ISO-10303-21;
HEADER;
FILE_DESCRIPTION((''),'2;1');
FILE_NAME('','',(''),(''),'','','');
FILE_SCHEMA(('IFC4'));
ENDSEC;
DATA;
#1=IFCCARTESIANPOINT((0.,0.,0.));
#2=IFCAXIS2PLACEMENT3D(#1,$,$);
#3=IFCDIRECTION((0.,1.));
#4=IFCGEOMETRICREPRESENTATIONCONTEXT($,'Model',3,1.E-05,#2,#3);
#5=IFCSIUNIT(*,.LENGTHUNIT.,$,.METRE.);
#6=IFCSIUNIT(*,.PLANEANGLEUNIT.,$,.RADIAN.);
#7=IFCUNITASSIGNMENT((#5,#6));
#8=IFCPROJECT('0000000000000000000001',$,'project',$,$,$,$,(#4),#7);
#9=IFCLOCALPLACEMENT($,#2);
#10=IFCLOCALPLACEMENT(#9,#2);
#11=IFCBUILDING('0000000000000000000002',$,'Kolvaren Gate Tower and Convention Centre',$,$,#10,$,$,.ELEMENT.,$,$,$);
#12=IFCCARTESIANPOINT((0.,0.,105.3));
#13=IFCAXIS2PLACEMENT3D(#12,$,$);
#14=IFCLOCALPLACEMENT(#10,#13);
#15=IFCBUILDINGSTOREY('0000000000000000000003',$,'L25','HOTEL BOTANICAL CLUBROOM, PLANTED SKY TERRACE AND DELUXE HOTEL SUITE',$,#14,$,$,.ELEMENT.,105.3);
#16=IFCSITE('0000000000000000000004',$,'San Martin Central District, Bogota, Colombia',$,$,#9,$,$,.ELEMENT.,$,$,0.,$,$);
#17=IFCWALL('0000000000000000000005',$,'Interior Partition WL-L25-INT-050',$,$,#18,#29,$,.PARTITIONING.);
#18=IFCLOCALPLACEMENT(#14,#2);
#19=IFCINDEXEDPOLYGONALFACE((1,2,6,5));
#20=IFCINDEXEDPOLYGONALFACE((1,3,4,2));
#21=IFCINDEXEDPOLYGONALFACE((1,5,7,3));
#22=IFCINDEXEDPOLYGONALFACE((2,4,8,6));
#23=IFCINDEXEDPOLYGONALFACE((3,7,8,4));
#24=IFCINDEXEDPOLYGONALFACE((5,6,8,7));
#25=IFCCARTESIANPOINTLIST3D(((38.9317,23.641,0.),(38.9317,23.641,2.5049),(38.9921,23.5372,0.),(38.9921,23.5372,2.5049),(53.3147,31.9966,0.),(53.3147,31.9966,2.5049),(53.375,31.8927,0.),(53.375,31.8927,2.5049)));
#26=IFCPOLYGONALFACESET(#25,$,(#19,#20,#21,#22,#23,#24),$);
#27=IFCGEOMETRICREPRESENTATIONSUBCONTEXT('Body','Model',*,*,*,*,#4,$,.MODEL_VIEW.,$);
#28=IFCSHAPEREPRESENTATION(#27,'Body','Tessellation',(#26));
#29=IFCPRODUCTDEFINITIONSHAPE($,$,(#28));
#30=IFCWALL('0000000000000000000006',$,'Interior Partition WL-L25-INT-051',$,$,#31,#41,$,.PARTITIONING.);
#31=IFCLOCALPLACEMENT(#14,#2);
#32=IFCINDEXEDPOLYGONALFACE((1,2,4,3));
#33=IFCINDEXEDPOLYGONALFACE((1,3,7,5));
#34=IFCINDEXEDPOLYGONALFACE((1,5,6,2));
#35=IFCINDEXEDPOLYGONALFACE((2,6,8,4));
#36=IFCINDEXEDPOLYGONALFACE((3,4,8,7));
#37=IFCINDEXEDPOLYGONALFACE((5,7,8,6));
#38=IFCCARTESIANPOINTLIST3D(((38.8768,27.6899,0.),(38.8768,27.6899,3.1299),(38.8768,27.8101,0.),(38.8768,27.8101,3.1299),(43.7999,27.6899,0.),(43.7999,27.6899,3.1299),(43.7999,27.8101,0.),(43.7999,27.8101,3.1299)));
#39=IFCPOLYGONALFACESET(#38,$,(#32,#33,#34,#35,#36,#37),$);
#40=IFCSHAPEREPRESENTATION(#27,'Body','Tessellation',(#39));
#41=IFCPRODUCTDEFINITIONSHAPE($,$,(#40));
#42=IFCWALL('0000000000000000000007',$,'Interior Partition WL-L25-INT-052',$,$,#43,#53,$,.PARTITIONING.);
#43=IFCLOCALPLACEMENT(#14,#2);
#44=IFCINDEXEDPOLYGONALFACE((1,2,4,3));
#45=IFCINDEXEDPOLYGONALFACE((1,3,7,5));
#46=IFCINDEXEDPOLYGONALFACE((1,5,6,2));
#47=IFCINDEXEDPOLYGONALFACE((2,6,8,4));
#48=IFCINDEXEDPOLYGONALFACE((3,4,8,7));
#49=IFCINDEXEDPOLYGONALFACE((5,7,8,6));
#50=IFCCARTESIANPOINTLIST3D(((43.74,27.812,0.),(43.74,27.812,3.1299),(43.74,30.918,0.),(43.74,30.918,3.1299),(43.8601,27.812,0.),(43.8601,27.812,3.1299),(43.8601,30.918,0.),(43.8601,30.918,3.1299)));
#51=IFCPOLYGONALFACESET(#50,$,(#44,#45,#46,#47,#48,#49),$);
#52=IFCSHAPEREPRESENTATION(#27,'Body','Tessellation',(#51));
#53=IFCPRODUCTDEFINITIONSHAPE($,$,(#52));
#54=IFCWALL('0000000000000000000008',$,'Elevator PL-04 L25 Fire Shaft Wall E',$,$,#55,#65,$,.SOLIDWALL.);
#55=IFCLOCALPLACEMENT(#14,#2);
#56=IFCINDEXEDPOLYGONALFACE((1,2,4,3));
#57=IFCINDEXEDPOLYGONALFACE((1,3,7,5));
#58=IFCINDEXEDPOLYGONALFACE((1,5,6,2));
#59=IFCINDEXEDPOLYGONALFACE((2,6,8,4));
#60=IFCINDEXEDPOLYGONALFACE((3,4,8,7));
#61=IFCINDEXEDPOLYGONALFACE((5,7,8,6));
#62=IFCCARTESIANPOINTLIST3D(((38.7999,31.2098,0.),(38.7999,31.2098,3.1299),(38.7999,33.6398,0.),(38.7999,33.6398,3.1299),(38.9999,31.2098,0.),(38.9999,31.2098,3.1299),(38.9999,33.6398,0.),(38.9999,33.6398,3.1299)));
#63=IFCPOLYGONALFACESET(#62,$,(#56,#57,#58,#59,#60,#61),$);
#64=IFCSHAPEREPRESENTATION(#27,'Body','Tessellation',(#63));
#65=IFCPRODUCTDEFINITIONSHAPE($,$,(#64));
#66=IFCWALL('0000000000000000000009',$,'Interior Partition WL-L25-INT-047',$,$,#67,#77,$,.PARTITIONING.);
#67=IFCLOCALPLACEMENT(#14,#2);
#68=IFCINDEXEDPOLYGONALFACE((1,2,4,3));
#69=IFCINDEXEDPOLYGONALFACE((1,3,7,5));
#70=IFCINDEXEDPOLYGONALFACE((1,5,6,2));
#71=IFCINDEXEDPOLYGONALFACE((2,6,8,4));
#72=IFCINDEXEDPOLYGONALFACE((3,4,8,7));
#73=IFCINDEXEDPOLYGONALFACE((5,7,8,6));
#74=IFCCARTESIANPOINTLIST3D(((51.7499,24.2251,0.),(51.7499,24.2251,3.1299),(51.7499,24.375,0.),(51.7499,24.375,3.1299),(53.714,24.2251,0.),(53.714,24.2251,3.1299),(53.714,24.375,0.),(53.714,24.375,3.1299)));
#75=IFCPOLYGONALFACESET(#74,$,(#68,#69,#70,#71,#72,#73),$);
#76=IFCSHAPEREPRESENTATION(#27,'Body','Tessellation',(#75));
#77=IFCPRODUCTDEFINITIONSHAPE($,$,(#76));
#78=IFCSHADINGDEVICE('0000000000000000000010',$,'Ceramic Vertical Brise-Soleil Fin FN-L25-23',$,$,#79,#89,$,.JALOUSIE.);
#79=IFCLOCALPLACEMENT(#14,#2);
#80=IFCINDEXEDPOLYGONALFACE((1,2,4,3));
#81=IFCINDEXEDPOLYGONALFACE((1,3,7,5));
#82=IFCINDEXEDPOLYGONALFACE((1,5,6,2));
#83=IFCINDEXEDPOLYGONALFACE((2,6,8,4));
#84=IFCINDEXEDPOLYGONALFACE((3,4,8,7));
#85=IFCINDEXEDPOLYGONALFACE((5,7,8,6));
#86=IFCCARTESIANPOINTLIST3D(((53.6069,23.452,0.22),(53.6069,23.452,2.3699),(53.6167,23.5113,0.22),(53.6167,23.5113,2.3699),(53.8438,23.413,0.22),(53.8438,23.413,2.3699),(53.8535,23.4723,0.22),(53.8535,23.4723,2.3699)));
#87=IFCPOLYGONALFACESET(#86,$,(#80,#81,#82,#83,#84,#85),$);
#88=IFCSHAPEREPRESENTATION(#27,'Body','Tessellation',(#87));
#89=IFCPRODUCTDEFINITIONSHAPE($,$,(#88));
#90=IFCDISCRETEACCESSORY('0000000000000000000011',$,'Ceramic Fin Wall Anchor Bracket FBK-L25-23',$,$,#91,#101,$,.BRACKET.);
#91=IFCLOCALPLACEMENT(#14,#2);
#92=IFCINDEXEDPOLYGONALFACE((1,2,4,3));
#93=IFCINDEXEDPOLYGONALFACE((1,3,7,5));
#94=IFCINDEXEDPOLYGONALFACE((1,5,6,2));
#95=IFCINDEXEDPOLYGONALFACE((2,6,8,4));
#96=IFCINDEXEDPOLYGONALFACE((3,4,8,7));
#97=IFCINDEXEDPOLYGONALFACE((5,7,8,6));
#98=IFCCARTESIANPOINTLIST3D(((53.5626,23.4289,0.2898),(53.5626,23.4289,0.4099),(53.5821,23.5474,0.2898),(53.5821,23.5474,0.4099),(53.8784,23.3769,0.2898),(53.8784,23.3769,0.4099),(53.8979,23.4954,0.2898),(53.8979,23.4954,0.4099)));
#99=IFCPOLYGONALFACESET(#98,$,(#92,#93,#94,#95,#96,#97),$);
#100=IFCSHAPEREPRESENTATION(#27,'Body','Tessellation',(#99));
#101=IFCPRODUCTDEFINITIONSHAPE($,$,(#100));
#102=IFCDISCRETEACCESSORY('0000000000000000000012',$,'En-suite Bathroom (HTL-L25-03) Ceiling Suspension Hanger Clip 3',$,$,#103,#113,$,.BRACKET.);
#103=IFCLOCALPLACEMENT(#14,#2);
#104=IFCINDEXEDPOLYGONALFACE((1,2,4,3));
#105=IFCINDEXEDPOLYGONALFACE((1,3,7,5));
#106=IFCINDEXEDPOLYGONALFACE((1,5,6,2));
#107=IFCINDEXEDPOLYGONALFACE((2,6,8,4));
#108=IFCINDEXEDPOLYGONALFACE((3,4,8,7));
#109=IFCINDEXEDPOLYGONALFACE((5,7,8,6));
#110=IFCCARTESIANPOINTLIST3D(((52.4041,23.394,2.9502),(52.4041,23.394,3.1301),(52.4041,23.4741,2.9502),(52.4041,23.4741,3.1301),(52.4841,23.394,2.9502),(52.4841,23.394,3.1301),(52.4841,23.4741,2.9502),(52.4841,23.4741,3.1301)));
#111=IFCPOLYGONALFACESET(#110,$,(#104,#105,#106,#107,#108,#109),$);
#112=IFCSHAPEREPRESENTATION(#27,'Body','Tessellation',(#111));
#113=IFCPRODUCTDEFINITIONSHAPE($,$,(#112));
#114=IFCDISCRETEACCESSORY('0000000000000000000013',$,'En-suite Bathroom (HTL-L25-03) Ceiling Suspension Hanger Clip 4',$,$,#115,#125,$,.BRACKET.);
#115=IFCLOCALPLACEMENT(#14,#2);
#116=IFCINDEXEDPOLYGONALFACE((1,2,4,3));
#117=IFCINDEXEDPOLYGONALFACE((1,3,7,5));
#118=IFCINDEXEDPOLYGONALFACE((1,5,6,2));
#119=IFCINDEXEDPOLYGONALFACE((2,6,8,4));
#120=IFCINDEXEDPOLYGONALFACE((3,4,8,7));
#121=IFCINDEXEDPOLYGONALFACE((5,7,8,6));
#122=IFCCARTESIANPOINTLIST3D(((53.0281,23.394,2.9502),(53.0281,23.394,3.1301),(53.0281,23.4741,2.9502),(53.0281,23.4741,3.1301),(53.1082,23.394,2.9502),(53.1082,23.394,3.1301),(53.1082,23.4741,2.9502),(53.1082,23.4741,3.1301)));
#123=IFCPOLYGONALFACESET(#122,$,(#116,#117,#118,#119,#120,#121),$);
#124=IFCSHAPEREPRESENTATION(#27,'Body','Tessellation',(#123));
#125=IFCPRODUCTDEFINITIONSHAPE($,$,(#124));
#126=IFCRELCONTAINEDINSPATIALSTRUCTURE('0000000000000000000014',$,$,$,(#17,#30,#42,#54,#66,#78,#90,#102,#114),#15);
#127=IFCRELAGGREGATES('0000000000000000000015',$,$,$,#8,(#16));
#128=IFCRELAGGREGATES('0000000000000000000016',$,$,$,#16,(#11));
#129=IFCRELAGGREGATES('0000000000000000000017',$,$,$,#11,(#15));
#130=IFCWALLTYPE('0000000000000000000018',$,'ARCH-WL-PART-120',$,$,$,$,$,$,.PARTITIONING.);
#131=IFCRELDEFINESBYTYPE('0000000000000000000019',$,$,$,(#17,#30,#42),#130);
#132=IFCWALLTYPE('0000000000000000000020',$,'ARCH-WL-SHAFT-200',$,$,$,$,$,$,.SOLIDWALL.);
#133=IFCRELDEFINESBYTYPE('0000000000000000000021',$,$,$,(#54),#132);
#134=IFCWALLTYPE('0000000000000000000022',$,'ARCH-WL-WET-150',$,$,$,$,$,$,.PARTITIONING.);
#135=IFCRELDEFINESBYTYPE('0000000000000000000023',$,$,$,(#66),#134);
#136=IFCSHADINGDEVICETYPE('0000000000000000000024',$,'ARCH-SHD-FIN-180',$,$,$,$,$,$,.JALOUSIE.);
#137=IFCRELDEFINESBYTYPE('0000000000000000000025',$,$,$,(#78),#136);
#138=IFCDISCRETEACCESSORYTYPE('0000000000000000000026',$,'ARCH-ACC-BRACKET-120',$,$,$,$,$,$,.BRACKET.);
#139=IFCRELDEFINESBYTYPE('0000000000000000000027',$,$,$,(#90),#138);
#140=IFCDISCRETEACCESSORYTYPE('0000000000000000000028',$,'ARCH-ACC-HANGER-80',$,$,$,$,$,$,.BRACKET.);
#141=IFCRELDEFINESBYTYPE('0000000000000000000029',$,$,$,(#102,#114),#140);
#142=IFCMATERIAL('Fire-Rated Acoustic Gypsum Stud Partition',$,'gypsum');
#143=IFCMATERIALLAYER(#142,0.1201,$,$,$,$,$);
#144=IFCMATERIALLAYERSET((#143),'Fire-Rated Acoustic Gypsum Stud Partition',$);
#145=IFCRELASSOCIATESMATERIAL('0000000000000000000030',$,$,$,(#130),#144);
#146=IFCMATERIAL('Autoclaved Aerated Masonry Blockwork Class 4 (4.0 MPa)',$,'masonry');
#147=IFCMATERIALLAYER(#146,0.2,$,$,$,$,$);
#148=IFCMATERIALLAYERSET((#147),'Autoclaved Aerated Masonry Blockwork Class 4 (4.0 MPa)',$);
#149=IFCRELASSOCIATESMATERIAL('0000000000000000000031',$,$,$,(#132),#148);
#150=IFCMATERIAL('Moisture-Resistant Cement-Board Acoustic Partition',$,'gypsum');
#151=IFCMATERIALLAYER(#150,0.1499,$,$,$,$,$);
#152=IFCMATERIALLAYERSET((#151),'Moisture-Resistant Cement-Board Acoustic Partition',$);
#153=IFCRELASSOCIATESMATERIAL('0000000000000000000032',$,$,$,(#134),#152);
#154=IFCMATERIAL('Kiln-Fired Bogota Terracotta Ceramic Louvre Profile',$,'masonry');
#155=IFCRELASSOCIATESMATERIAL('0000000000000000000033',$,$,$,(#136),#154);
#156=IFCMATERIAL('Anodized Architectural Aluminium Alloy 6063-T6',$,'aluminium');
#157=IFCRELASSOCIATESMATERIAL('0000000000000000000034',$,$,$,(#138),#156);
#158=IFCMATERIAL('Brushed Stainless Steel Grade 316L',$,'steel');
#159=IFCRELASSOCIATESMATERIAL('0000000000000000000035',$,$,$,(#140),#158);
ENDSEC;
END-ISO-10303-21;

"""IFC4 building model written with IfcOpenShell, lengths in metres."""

from ifc_helpers import new_model, si_unit, direction, frame, frame_2d, origin, origin_2d, place, context, subcontext, project, spatial, rectangle, extrude, material, layer, layer_set, type_object, element, save


model = new_model("IFC4")

# Units and contexts
model_context = context("Model", 3, precision=1e-05, world=origin(), true_north=direction((0.0, 1.0)))
body_context = subcontext(model_context, "Body", "Model", "MODEL_VIEW")
ifc_project = project(units=[si_unit("LENGTHUNIT", "METRE"), si_unit("PLANEANGLEUNIT", "RADIAN")], contexts=[model_context])

# Site, building, storey
site_placement = place(None, origin())
site = spatial("IfcSite", under=ifc_project, at=site_placement, Name="San Martin Central District, Bogota, Colombia", CompositionType="ELEMENT", RefElevation=0.0)
building_placement = place(site_placement, origin())
building = spatial("IfcBuilding", under=site, at=building_placement, Name="Kolvaren Gate Tower and Convention Centre", CompositionType="ELEMENT")
storey_placement = place(building_placement, frame((0.0, 0.0, 105.3)))
storey = spatial("IfcBuildingStorey", under=building, at=storey_placement, Name="L25", Description="HOTEL BOTANICAL CLUBROOM, PLANTED SKY TERRACE AND DELUXE HOTEL SUITE", CompositionType="ELEMENT", Elevation=105.3)

# Walls
ifc_material_1 = material(Name="Fire-Rated Acoustic Gypsum Stud Partition", Category="gypsum")
ifc_layer_1 = layer(ifc_material_1, 0.1201)
ifc_layer_set_1 = layer_set([ifc_layer_1], Name="Fire-Rated Acoustic Gypsum Stud Partition")
wall_type_1 = type_object("IfcWallType", Name="ARCH-WL-PART-120", PredefinedType="PARTITIONING", material=ifc_layer_set_1)
wall_1_placement = place(storey_placement, frame((38.9619, 23.5891, 0.0), z_axis=(0.0, 0.0, 1.0), x_axis=(0.86468, 0.502322, 0.0)))
element("IfcWall", 1, at=wall_1_placement, inside=storey, type_object=wall_type_1, Name="Interior Partition WL-L25-INT-050", PredefinedType="PARTITIONING", context=body_context, shape_type="SweptSolid", body=[
    extrude(rectangle(XDim=16.6338, YDim=0.1201, at=frame_2d((8.3169, 0.0))), origin(), (0.0, 0.0, 1.0), 2.5049),
])
wall_2_placement = place(storey_placement, frame((38.877, 27.75, 0.0), z_axis=(0.0, 0.0, 1.0), x_axis=(1.0, 0.0, 0.0)))
element("IfcWall", 2, at=wall_2_placement, inside=storey, type_object=wall_type_1, Name="Interior Partition WL-L25-INT-051", PredefinedType="PARTITIONING", context=body_context, shape_type="SweptSolid", body=[
    extrude(rectangle(XDim=4.9231, YDim=0.1201, at=frame_2d((2.4614, 0.0))), origin(), (0.0, 0.0, 1.0), 3.1299),
])
wall_3_placement = place(storey_placement, frame((43.8, 27.812, 0.0), z_axis=(0.0, 0.0, 1.0), x_axis=(0.0, 1.0, 0.0)))
element("IfcWall", 3, at=wall_3_placement, inside=storey, type_object=wall_type_1, Name="Interior Partition WL-L25-INT-052", PredefinedType="PARTITIONING", context=body_context, shape_type="SweptSolid", body=[
    extrude(rectangle(XDim=3.106, YDim=0.1201, at=frame_2d((1.553, 0.0))), origin(), (0.0, 0.0, 1.0), 3.1299),
])
ifc_material_2 = material(Name="Autoclaved Aerated Masonry Blockwork Class 4 (4.0 MPa)", Category="masonry")
ifc_layer_2 = layer(ifc_material_2, 0.2)
ifc_layer_set_2 = layer_set([ifc_layer_2], Name="Autoclaved Aerated Masonry Blockwork Class 4 (4.0 MPa)")
wall_type_2 = type_object("IfcWallType", Name="ARCH-WL-SHAFT-200", PredefinedType="SOLIDWALL", material=ifc_layer_set_2)
wall_4_placement = place(storey_placement, frame((38.8999, 31.21, 0.0), z_axis=(0.0, 0.0, 1.0), x_axis=(0.0, 1.0, 0.0)))
element("IfcWall", 4, at=wall_4_placement, inside=storey, type_object=wall_type_2, Name="Elevator PL-04 L25 Fire Shaft Wall E", PredefinedType="SOLIDWALL", context=body_context, shape_type="SweptSolid", body=[
    extrude(rectangle(XDim=2.4299, YDim=0.2, at=frame_2d((1.2148, 0.0))), origin(), (0.0, 0.0, 1.0), 3.1299),
])
ifc_material_3 = material(Name="Moisture-Resistant Cement-Board Acoustic Partition", Category="gypsum")
ifc_layer_3 = layer(ifc_material_3, 0.1499)
ifc_layer_set_3 = layer_set([ifc_layer_3], Name="Moisture-Resistant Cement-Board Acoustic Partition")
wall_type_3 = type_object("IfcWallType", Name="ARCH-WL-WET-150", PredefinedType="PARTITIONING", material=ifc_layer_set_3)
wall_5_placement = place(storey_placement, frame((51.75, 24.3, 0.0), z_axis=(0.0, 0.0, 1.0), x_axis=(1.0, 0.0, 0.0)))
element("IfcWall", 5, at=wall_5_placement, inside=storey, type_object=wall_type_3, Name="Interior Partition WL-L25-INT-047", PredefinedType="PARTITIONING", context=body_context, shape_type="SweptSolid", body=[
    extrude(rectangle(XDim=1.9641, YDim=0.1499, at=frame_2d((0.9819, 0.0))), origin(), (0.0, 0.0, 1.0), 3.1299),
])

# Shading device
ifc_material_4 = material(Name="Kiln-Fired Bogota Terracotta Ceramic Louvre Profile", Category="masonry")
shading_device_type = type_object("IfcShadingDeviceType", Name="ARCH-SHD-FIN-180", PredefinedType="JALOUSIE", material=ifc_material_4)
shading_device_placement = place(storey_placement, frame((53.7302, 23.4622, 0.22), z_axis=(0.0, 0.0, 1.0), x_axis=(0.162389, 0.986727, 0.0)))
element("IfcShadingDevice", 6, at=shading_device_placement, inside=storey, type_object=shading_device_type, Name="Ceramic Vertical Brise-Soleil Fin FN-L25-23", PredefinedType="JALOUSIE", context=body_context, shape_type="SweptSolid", body=[
    extrude(rectangle(XDim=0.0601, YDim=0.24, at=origin_2d()), origin(), (0.0, 0.0, 1.0), 2.1499),
])

# Discrete accessories
ifc_material_5 = material(Name="Anodized Architectural Aluminium Alloy 6063-T6", Category="aluminium")
discrete_accessory_type_1 = type_object("IfcDiscreteAccessoryType", Name="ARCH-ACC-BRACKET-120", PredefinedType="BRACKET", material=ifc_material_5)
discrete_accessory_placement = place(storey_placement, frame((53.7302, 23.4622, 0.2898), z_axis=(0.0, 0.0, 1.0), x_axis=(0.162389, 0.986727, 0.0)))
element("IfcDiscreteAccessory", 7, at=discrete_accessory_placement, inside=storey, type_object=discrete_accessory_type_1, Name="Ceramic Fin Wall Anchor Bracket FBK-L25-23", PredefinedType="BRACKET", context=body_context, shape_type="SweptSolid", body=[
    extrude(rectangle(XDim=0.1201, YDim=0.3201, at=origin_2d()), origin(), (0.0, 0.0, 1.0), 0.1201),
])
ifc_material_6 = material(Name="Brushed Stainless Steel Grade 316L", Category="steel")
discrete_accessory_type_2 = type_object("IfcDiscreteAccessoryType", Name="ARCH-ACC-HANGER-80", PredefinedType="BRACKET", material=ifc_material_6)
for number, where, z_axis, x_axis, name in (
    (8, (52.4441, 23.4341, 2.9502), (0.0, 0.0, 1.0), (1.0, 0.0, 0.0), "En-suite Bathroom (HTL-L25-03) Ceiling Suspension Hanger Clip 3"),
    (9, (53.0681, 23.4341, 2.9502), (0.0, 0.0, 1.0), (1.0, 0.0, 0.0), "En-suite Bathroom (HTL-L25-03) Ceiling Suspension Hanger Clip 4"),
):
    element("IfcDiscreteAccessory", number, at=place(storey_placement, frame(where, z_axis=z_axis, x_axis=x_axis)), inside=storey, type_object=discrete_accessory_type_2, Name=name, PredefinedType="BRACKET", context=body_context, shape_type="SweptSolid", body=[
        extrude(rectangle(XDim=0.0801, YDim=0.0801, at=origin_2d()), origin(), (0.0, 0.0, 1.0), 0.1799),
    ])

save(model, "model.ifc")
